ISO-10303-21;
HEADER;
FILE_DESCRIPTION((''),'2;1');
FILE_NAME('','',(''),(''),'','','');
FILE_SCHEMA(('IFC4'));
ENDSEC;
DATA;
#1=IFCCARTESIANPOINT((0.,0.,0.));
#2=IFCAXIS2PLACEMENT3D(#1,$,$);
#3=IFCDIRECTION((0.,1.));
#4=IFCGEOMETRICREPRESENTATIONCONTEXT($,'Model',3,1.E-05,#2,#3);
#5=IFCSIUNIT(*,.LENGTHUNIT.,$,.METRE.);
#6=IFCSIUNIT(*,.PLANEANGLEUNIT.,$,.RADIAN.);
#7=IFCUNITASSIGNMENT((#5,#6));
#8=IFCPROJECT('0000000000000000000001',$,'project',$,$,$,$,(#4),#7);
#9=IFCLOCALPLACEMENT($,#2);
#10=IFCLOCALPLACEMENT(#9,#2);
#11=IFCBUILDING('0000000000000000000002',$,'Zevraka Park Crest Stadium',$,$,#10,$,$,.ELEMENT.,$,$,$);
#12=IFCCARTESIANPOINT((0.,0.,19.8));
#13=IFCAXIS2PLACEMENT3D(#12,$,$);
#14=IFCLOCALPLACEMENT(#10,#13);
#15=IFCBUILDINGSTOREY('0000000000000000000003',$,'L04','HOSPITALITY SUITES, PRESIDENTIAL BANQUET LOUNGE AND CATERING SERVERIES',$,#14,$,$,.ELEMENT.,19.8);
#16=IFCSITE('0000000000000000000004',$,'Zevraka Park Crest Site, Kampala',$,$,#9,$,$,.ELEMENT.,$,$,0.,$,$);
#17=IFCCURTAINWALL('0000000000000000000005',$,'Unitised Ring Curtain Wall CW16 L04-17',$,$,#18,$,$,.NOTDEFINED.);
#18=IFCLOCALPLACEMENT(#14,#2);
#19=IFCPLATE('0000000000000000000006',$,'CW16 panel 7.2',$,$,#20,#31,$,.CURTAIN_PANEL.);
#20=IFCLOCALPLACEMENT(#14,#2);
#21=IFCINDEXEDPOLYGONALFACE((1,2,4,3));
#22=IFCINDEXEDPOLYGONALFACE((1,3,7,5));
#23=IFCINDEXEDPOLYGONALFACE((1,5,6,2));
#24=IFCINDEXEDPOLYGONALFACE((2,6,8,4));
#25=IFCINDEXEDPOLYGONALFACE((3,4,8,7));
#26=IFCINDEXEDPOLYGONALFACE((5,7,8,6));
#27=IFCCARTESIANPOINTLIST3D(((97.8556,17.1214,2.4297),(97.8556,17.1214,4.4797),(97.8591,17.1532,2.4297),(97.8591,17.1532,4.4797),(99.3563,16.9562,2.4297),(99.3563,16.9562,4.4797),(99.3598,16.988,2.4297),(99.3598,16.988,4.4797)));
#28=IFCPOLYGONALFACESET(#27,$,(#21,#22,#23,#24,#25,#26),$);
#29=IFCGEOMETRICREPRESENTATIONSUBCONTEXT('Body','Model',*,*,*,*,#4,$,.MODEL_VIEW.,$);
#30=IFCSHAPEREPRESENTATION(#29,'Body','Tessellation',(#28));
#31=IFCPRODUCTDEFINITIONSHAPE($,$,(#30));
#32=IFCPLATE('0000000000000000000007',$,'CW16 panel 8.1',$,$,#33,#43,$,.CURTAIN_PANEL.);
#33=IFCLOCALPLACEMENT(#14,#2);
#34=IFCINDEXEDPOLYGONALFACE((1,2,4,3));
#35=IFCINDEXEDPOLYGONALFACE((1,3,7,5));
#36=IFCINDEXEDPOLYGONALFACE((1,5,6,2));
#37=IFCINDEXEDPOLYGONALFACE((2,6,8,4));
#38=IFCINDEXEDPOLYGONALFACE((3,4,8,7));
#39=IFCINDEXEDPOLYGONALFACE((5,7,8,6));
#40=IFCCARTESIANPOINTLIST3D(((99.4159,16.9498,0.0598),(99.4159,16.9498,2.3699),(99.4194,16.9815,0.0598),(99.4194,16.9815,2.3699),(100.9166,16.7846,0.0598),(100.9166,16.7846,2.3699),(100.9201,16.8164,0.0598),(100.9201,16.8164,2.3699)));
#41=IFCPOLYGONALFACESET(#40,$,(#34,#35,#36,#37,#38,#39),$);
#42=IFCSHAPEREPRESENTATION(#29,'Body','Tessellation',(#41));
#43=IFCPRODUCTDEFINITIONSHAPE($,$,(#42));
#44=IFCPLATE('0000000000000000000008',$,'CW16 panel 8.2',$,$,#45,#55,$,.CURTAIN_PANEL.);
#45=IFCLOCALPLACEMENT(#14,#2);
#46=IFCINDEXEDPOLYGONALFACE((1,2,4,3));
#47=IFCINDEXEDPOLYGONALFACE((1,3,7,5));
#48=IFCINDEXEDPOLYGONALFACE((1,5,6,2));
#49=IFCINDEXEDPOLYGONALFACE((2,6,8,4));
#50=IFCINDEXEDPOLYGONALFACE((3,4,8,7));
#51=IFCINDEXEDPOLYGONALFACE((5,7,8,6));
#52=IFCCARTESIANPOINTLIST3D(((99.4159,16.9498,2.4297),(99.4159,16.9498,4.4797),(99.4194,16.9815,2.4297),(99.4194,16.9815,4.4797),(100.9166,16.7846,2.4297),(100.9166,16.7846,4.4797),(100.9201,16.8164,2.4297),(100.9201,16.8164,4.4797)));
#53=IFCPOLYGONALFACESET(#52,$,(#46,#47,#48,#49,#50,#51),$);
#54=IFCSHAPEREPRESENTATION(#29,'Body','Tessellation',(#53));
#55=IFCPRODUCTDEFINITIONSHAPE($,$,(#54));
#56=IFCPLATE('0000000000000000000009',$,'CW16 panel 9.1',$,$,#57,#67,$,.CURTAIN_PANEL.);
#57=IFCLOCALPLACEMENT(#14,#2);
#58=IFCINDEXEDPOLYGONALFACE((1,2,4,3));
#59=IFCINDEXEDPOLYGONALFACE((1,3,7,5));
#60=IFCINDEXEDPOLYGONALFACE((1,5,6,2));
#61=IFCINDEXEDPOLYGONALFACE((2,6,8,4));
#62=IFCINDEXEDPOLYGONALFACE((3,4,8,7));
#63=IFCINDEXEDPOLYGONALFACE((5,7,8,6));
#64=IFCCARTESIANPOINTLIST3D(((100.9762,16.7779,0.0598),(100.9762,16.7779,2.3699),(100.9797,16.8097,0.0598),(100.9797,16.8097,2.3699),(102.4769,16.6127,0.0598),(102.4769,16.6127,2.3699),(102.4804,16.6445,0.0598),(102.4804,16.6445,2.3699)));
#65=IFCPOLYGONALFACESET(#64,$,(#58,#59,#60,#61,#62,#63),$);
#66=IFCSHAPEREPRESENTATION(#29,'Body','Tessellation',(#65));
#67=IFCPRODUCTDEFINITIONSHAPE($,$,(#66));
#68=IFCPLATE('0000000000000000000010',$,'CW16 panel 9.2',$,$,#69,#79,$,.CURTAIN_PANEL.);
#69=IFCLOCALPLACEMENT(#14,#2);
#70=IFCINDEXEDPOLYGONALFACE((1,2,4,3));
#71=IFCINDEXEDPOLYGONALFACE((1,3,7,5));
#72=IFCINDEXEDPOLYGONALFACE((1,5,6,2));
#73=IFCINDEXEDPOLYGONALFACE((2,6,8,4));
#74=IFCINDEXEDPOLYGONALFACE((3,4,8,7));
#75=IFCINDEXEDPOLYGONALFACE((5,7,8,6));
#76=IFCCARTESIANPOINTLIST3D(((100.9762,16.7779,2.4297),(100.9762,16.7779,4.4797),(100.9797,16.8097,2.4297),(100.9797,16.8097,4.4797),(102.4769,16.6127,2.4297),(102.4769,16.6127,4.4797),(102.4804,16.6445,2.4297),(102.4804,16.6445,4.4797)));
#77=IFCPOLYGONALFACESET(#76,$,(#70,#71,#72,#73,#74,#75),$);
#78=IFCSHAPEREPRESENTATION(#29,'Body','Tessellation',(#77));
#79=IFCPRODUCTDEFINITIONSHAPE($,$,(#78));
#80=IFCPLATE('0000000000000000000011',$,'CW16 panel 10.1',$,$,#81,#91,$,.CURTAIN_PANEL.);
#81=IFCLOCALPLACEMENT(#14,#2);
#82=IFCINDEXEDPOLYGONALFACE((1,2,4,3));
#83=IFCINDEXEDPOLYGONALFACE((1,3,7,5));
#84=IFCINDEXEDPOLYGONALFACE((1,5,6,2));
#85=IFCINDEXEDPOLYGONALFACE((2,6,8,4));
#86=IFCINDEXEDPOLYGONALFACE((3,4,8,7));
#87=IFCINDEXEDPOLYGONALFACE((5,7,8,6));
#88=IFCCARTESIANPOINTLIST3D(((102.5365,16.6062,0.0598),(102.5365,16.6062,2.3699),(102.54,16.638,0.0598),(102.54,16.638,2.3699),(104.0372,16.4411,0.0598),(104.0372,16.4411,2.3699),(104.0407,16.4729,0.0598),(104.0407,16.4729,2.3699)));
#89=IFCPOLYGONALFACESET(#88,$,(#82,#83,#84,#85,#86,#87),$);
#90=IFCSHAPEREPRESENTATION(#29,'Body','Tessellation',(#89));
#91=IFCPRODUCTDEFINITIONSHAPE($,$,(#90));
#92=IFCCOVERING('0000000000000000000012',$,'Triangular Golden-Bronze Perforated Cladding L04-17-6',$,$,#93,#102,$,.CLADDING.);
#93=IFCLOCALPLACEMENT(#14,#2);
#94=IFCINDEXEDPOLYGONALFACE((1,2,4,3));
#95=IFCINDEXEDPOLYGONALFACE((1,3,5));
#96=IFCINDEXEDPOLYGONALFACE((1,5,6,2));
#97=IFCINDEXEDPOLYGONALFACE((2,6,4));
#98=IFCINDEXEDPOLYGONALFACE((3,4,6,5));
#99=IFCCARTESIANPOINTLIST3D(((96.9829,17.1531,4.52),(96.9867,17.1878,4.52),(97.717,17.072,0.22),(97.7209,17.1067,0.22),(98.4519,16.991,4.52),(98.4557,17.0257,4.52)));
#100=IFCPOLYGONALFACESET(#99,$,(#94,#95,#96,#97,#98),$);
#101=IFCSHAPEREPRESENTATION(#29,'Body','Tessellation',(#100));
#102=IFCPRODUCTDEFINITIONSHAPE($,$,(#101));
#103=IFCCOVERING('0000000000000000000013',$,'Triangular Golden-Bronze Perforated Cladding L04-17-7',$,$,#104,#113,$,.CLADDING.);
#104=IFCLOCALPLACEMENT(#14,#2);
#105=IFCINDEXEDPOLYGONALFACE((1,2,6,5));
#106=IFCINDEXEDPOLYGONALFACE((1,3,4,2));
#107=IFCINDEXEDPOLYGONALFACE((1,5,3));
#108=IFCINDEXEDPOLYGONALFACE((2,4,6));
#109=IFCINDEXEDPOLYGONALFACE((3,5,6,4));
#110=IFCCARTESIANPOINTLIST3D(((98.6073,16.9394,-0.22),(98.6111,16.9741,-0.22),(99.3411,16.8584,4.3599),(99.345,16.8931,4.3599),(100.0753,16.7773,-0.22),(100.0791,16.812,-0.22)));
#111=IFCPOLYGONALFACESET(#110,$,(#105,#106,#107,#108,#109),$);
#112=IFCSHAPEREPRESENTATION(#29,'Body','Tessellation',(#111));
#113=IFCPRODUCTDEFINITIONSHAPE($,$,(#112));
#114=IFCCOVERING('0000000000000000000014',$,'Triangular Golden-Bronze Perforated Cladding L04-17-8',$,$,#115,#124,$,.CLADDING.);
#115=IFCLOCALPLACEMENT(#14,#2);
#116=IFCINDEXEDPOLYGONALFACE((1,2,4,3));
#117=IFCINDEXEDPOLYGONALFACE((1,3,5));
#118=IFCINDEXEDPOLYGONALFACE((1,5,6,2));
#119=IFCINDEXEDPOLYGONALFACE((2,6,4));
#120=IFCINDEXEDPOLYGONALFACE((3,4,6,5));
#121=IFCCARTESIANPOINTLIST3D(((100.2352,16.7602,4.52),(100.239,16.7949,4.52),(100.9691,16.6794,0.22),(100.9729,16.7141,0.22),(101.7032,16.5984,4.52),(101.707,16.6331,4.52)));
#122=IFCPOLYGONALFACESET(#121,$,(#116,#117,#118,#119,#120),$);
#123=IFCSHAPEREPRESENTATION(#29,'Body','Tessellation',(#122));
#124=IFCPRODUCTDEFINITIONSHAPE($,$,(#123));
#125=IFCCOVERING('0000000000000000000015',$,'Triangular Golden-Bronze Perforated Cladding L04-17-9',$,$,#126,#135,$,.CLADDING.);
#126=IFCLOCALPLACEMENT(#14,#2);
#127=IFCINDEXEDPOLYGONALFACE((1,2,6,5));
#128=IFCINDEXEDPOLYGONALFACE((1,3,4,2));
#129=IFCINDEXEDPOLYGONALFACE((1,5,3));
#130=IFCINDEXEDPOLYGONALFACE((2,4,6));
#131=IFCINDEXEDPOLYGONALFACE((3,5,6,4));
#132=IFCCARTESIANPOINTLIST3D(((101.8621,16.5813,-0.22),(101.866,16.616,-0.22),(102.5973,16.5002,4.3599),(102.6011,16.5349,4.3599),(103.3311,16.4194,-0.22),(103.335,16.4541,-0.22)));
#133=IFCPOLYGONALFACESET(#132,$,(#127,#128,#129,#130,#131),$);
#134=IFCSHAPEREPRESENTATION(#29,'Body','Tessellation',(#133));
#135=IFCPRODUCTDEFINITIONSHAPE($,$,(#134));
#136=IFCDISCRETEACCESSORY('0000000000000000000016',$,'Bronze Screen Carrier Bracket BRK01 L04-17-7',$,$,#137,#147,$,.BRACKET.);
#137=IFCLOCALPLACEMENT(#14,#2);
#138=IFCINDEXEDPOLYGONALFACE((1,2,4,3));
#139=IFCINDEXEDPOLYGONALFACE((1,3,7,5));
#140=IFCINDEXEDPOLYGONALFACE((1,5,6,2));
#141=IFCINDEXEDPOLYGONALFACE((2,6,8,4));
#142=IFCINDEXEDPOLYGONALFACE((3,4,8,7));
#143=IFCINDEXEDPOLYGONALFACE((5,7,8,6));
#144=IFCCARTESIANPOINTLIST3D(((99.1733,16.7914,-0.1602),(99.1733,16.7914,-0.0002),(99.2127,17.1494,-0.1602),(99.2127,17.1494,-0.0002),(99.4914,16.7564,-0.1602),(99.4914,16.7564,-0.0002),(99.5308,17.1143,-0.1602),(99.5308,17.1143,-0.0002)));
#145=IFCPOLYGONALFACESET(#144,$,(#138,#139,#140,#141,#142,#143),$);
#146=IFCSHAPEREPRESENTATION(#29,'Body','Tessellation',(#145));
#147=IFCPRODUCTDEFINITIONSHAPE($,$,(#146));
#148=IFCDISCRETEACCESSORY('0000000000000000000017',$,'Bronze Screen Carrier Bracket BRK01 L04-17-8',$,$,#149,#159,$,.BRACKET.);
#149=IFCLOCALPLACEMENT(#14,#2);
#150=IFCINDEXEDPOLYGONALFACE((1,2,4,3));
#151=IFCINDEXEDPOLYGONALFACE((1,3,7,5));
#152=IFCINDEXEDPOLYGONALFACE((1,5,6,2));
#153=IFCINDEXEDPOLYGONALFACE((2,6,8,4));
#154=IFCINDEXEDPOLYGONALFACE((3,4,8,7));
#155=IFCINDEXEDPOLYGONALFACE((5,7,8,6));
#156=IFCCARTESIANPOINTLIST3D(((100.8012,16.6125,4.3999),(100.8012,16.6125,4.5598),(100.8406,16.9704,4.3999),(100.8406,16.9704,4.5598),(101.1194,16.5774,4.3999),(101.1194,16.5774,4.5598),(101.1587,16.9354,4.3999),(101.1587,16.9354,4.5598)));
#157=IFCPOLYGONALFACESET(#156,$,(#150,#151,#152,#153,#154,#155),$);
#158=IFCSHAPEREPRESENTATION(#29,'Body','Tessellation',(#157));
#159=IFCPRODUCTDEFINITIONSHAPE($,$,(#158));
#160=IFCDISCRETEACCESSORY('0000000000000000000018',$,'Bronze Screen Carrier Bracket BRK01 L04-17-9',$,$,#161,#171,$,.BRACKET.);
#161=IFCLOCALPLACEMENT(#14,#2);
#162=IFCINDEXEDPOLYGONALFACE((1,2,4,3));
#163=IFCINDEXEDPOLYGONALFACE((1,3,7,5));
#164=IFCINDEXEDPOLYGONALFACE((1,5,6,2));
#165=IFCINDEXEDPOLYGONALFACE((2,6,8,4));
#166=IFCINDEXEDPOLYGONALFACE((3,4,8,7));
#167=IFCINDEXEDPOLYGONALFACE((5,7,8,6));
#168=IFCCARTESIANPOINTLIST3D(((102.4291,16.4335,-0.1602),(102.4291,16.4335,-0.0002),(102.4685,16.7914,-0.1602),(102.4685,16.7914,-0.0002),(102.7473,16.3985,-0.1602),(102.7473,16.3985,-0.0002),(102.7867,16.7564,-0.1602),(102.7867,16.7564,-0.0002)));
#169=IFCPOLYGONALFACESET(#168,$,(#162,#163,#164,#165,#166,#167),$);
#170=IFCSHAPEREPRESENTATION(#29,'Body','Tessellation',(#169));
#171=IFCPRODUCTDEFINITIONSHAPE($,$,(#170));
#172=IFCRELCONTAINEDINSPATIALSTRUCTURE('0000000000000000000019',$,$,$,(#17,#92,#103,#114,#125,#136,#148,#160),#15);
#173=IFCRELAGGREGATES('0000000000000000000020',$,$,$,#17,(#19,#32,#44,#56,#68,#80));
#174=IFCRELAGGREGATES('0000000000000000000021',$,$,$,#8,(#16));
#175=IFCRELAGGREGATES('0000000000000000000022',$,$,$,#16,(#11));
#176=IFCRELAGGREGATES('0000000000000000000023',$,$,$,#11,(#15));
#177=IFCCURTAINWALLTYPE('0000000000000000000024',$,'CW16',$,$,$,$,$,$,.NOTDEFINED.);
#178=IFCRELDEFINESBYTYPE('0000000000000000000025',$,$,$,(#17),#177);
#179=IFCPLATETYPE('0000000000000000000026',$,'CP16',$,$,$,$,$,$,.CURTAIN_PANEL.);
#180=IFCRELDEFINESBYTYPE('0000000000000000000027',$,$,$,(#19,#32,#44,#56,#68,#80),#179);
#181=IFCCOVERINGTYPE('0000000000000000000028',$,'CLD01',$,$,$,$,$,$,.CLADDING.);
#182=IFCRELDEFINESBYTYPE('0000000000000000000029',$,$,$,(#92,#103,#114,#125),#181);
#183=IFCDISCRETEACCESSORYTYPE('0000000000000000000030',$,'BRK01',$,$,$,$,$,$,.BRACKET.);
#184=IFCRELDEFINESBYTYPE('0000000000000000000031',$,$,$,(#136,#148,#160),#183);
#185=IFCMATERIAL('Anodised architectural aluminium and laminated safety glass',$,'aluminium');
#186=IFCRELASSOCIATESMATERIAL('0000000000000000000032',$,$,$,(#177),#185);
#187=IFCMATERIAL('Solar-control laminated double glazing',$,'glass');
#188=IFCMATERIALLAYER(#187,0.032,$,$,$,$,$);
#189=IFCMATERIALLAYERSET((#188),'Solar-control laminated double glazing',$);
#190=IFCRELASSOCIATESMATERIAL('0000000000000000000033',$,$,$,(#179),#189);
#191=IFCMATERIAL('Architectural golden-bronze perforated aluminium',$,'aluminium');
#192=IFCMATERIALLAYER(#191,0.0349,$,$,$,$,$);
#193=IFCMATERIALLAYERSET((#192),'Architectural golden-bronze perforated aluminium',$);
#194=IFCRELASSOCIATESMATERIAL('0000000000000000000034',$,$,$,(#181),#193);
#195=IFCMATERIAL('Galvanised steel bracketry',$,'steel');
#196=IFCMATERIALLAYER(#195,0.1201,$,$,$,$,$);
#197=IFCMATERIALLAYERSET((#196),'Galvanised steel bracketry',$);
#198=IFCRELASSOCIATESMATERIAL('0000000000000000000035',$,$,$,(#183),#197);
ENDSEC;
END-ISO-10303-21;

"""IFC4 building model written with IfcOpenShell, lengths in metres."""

from ifc_helpers import new_model, si_unit, direction, frame, origin, origin_2d, place, context, subcontext, project, spatial, polyline, rectangle, outline, extrude, material, layer, layer_set, type_object, element, aggregate, save


model = new_model("IFC4")

# Units and contexts
model_context = context("Model", 3, precision=1e-05, world=origin(), true_north=direction((0.0, 1.0)))
body_context = subcontext(model_context, "Body", "Model", "MODEL_VIEW")
ifc_project = project(units=[si_unit("LENGTHUNIT", "METRE"), si_unit("PLANEANGLEUNIT", "RADIAN")], contexts=[model_context])

# Site, building, storey
site_placement = place(None, origin())
site = spatial("IfcSite", under=ifc_project, at=site_placement, Name="Zevraka Park Crest Site, Kampala", CompositionType="ELEMENT", RefElevation=0.0)
building_placement = place(site_placement, origin())
building = spatial("IfcBuilding", under=site, at=building_placement, Name="Zevraka Park Crest Stadium", CompositionType="ELEMENT")
storey_placement = place(building_placement, frame((0.0, 0.0, 19.8)))
storey = spatial("IfcBuildingStorey", under=building, at=storey_placement, Name="L04", Description="HOSPITALITY SUITES, PRESIDENTIAL BANQUET LOUNGE AND CATERING SERVERIES", CompositionType="ELEMENT", Elevation=19.8)

# Curtain wall, plates
ifc_material_1 = material(Name="Anodised architectural aluminium and laminated safety glass", Category="aluminium")
curtain_wall_type = type_object("IfcCurtainWallType", Name="CW16", PredefinedType="NOTDEFINED", material=ifc_material_1)
curtain_wall_placement = place(storey_placement, origin())
curtain_wall = element("IfcCurtainWall", 1, at=curtain_wall_placement, inside=storey, type_object=curtain_wall_type, Name="Unitised Ring Curtain Wall CW16 L04-17", PredefinedType="NOTDEFINED")
ifc_material_2 = material(Name="Solar-control laminated double glazing", Category="glass")
ifc_layer_1 = layer(ifc_material_2, 0.032)
ifc_layer_set_1 = layer_set([ifc_layer_1], Name="Solar-control laminated double glazing")
plate_type = type_object("IfcPlateType", Name="CP16", PredefinedType="CURTAIN_PANEL", material=ifc_layer_set_1)
plate_1_placement = place(storey_placement, frame((98.6077, 17.0547, 2.4297), z_axis=(0.0, 0.0, 1.0), x_axis=(0.993997, -0.109406, 0.0)))
plate_1 = element("IfcPlate", 2, at=plate_1_placement, type_object=plate_type, Name="CW16 panel 7.2", PredefinedType="CURTAIN_PANEL", context=body_context, shape_type="SweptSolid", body=[
    extrude(rectangle(XDim=1.5098, YDim=0.032, at=origin_2d()), origin(), (0.0, 0.0, 1.0), 2.05),
])
plate_2_placement = place(storey_placement, frame((100.168, 16.8831, 0.0598), z_axis=(0.0, 0.0, 1.0), x_axis=(0.993997, -0.109406, 0.0)))
plate_2 = element("IfcPlate", 3, at=plate_2_placement, type_object=plate_type, Name="CW16 panel 8.1", PredefinedType="CURTAIN_PANEL", context=body_context, shape_type="SweptSolid", body=[
    extrude(rectangle(XDim=1.5098, YDim=0.032, at=origin_2d()), origin(), (0.0, 0.0, 1.0), 2.3101),
])
plate_3_placement = place(storey_placement, frame((100.168, 16.8831, 2.4297), z_axis=(0.0, 0.0, 1.0), x_axis=(0.993997, -0.109406, 0.0)))
plate_3 = element("IfcPlate", 4, at=plate_3_placement, type_object=plate_type, Name="CW16 panel 8.2", PredefinedType="CURTAIN_PANEL", context=body_context, shape_type="SweptSolid", body=[
    extrude(rectangle(XDim=1.5098, YDim=0.032, at=origin_2d()), origin(), (0.0, 0.0, 1.0), 2.05),
])
plate_4_placement = place(storey_placement, frame((101.7283, 16.7112, 0.0598), z_axis=(0.0, 0.0, 1.0), x_axis=(0.993997, -0.109406, 0.0)))
plate_4 = element("IfcPlate", 5, at=plate_4_placement, type_object=plate_type, Name="CW16 panel 9.1", PredefinedType="CURTAIN_PANEL", context=body_context, shape_type="SweptSolid", body=[
    extrude(rectangle(XDim=1.5098, YDim=0.032, at=origin_2d()), origin(), (0.0, 0.0, 1.0), 2.3101),
])
plate_5_placement = place(storey_placement, frame((101.7283, 16.7112, 2.4297), z_axis=(0.0, 0.0, 1.0), x_axis=(0.993997, -0.109406, 0.0)))
plate_5 = element("IfcPlate", 6, at=plate_5_placement, type_object=plate_type, Name="CW16 panel 9.2", PredefinedType="CURTAIN_PANEL", context=body_context, shape_type="SweptSolid", body=[
    extrude(rectangle(XDim=1.5098, YDim=0.032, at=origin_2d()), origin(), (0.0, 0.0, 1.0), 2.05),
])
plate_6_placement = place(storey_placement, frame((103.2886, 16.5396, 0.0598), z_axis=(0.0, 0.0, 1.0), x_axis=(0.993997, -0.109406, 0.0)))
plate_6 = element("IfcPlate", 7, at=plate_6_placement, type_object=plate_type, Name="CW16 panel 10.1", PredefinedType="CURTAIN_PANEL", context=body_context, shape_type="SweptSolid", body=[
    extrude(rectangle(XDim=1.5098, YDim=0.032, at=origin_2d()), origin(), (0.0, 0.0, 1.0), 2.3101),
])
aggregate(curtain_wall, [plate_1, plate_2, plate_3, plate_4, plate_5, plate_6])

# Coverings
ifc_material_3 = material(Name="Architectural golden-bronze perforated aluminium", Category="aluminium")
ifc_layer_2 = layer(ifc_material_3, 0.0349)
ifc_layer_set_2 = layer_set([ifc_layer_2], Name="Architectural golden-bronze perforated aluminium")
covering_type = type_object("IfcCoveringType", Name="CLD01", PredefinedType="CLADDING", material=ifc_layer_set_2)
covering_1_placement = place(storey_placement, frame((98.4519, 16.991, 4.52), z_axis=(-0.109688, -0.993966, 0.000009), x_axis=(-0.993966, 0.109688, 0.0)))
element("IfcCovering", 8, at=covering_1_placement, inside=storey, type_object=covering_type, Name="Triangular Golden-Bronze Perforated Cladding L04-17-6", PredefinedType="CLADDING", context=body_context, shape_type="SweptSolid", body=[
    extrude(outline(polyline([(0.0, 0.0), (1.4779, 0.0), (0.7393, 4.3), (0.0, 0.0)])), origin(), (0.0, 0.0, -1.0), 0.0349),
])
covering_2_placement = place(storey_placement, frame((98.6111, 16.9741, -0.22), z_axis=(0.10976, 0.993958, 0.000003), x_axis=(0.993958, -0.10976, 0.0)))
element("IfcCovering", 9, at=covering_2_placement, inside=storey, type_object=covering_type, Name="Triangular Golden-Bronze Perforated Cladding L04-17-7", PredefinedType="CLADDING", context=body_context, shape_type="SweptSolid", body=[
    extrude(outline(polyline([(0.0, 0.0), (1.4769, 0.0), (0.7383, -4.5798), (0.0, 0.0)])), origin(), (0.0, 0.0, -1.0), 0.0349),
])
covering_3_placement = place(storey_placement, frame((101.707, 16.6331, 4.52), z_axis=(0.109597, 0.993976, 0.000025), x_axis=(-0.993976, 0.109597, 0.0)))
element("IfcCovering", 10, at=covering_3_placement, inside=storey, type_object=covering_type, Name="Triangular Golden-Bronze Perforated Cladding L04-17-8", PredefinedType="CLADDING", context=body_context, shape_type="SweptSolid", body=[
    extrude(outline(polyline([(0.0, 0.0), (1.4769, 0.0), (0.7386, -4.3), (0.0, 0.0)])), origin(), (0.0, 0.0, -1.0), 0.0349),
])
covering_4_placement = place(storey_placement, frame((101.866, 16.616, -0.22), z_axis=(0.109525, 0.993984, 0.000012), x_axis=(0.993984, -0.109525, 0.0)))
element("IfcCovering", 11, at=covering_4_placement, inside=storey, type_object=covering_type, Name="Triangular Golden-Bronze Perforated Cladding L04-17-9", PredefinedType="CLADDING", context=body_context, shape_type="SweptSolid", body=[
    extrude(outline(polyline([(0.0, 0.0), (1.4779, 0.0), (0.7396, -4.5798), (0.0, 0.0)])), origin(), (0.0, 0.0, -1.0), 0.0349),
])

# Discrete accessories
ifc_material_4 = material(Name="Galvanised steel bracketry", Category="steel")
ifc_layer_3 = layer(ifc_material_4, 0.1201)
ifc_layer_set_3 = layer_set([ifc_layer_3], Name="Galvanised steel bracketry")
discrete_accessory_type = type_object("IfcDiscreteAccessoryType", Name="BRK01", PredefinedType="BRACKET", material=ifc_layer_set_3)
for number, where, z_axis, x_axis, name in (
    (12, (99.3521, 16.9529, -0.1602), (0.0, 0.0, 1.0), (0.993999, -0.109387, 0.0), "Bronze Screen Carrier Bracket BRK01 L04-17-7"),
    (13, (100.98, 16.7739, 4.3999), (0.0, 0.0, 1.0), (0.993999, -0.109387, 0.0), "Bronze Screen Carrier Bracket BRK01 L04-17-8"),
    (14, (102.6079, 16.595, -0.1602), (0.0, 0.0, 1.0), (0.993999, -0.109387, 0.0), "Bronze Screen Carrier Bracket BRK01 L04-17-9"),
):
    element("IfcDiscreteAccessory", number, at=place(storey_placement, frame(where, z_axis=z_axis, x_axis=x_axis)), inside=storey, type_object=discrete_accessory_type, Name=name, PredefinedType="BRACKET", context=body_context, shape_type="SweptSolid", body=[
        extrude(rectangle(XDim=0.3201, YDim=0.3601, at=origin_2d()), origin(), (0.0, 0.0, 1.0), 0.1599),
    ])

save(model, "model.ifc")
